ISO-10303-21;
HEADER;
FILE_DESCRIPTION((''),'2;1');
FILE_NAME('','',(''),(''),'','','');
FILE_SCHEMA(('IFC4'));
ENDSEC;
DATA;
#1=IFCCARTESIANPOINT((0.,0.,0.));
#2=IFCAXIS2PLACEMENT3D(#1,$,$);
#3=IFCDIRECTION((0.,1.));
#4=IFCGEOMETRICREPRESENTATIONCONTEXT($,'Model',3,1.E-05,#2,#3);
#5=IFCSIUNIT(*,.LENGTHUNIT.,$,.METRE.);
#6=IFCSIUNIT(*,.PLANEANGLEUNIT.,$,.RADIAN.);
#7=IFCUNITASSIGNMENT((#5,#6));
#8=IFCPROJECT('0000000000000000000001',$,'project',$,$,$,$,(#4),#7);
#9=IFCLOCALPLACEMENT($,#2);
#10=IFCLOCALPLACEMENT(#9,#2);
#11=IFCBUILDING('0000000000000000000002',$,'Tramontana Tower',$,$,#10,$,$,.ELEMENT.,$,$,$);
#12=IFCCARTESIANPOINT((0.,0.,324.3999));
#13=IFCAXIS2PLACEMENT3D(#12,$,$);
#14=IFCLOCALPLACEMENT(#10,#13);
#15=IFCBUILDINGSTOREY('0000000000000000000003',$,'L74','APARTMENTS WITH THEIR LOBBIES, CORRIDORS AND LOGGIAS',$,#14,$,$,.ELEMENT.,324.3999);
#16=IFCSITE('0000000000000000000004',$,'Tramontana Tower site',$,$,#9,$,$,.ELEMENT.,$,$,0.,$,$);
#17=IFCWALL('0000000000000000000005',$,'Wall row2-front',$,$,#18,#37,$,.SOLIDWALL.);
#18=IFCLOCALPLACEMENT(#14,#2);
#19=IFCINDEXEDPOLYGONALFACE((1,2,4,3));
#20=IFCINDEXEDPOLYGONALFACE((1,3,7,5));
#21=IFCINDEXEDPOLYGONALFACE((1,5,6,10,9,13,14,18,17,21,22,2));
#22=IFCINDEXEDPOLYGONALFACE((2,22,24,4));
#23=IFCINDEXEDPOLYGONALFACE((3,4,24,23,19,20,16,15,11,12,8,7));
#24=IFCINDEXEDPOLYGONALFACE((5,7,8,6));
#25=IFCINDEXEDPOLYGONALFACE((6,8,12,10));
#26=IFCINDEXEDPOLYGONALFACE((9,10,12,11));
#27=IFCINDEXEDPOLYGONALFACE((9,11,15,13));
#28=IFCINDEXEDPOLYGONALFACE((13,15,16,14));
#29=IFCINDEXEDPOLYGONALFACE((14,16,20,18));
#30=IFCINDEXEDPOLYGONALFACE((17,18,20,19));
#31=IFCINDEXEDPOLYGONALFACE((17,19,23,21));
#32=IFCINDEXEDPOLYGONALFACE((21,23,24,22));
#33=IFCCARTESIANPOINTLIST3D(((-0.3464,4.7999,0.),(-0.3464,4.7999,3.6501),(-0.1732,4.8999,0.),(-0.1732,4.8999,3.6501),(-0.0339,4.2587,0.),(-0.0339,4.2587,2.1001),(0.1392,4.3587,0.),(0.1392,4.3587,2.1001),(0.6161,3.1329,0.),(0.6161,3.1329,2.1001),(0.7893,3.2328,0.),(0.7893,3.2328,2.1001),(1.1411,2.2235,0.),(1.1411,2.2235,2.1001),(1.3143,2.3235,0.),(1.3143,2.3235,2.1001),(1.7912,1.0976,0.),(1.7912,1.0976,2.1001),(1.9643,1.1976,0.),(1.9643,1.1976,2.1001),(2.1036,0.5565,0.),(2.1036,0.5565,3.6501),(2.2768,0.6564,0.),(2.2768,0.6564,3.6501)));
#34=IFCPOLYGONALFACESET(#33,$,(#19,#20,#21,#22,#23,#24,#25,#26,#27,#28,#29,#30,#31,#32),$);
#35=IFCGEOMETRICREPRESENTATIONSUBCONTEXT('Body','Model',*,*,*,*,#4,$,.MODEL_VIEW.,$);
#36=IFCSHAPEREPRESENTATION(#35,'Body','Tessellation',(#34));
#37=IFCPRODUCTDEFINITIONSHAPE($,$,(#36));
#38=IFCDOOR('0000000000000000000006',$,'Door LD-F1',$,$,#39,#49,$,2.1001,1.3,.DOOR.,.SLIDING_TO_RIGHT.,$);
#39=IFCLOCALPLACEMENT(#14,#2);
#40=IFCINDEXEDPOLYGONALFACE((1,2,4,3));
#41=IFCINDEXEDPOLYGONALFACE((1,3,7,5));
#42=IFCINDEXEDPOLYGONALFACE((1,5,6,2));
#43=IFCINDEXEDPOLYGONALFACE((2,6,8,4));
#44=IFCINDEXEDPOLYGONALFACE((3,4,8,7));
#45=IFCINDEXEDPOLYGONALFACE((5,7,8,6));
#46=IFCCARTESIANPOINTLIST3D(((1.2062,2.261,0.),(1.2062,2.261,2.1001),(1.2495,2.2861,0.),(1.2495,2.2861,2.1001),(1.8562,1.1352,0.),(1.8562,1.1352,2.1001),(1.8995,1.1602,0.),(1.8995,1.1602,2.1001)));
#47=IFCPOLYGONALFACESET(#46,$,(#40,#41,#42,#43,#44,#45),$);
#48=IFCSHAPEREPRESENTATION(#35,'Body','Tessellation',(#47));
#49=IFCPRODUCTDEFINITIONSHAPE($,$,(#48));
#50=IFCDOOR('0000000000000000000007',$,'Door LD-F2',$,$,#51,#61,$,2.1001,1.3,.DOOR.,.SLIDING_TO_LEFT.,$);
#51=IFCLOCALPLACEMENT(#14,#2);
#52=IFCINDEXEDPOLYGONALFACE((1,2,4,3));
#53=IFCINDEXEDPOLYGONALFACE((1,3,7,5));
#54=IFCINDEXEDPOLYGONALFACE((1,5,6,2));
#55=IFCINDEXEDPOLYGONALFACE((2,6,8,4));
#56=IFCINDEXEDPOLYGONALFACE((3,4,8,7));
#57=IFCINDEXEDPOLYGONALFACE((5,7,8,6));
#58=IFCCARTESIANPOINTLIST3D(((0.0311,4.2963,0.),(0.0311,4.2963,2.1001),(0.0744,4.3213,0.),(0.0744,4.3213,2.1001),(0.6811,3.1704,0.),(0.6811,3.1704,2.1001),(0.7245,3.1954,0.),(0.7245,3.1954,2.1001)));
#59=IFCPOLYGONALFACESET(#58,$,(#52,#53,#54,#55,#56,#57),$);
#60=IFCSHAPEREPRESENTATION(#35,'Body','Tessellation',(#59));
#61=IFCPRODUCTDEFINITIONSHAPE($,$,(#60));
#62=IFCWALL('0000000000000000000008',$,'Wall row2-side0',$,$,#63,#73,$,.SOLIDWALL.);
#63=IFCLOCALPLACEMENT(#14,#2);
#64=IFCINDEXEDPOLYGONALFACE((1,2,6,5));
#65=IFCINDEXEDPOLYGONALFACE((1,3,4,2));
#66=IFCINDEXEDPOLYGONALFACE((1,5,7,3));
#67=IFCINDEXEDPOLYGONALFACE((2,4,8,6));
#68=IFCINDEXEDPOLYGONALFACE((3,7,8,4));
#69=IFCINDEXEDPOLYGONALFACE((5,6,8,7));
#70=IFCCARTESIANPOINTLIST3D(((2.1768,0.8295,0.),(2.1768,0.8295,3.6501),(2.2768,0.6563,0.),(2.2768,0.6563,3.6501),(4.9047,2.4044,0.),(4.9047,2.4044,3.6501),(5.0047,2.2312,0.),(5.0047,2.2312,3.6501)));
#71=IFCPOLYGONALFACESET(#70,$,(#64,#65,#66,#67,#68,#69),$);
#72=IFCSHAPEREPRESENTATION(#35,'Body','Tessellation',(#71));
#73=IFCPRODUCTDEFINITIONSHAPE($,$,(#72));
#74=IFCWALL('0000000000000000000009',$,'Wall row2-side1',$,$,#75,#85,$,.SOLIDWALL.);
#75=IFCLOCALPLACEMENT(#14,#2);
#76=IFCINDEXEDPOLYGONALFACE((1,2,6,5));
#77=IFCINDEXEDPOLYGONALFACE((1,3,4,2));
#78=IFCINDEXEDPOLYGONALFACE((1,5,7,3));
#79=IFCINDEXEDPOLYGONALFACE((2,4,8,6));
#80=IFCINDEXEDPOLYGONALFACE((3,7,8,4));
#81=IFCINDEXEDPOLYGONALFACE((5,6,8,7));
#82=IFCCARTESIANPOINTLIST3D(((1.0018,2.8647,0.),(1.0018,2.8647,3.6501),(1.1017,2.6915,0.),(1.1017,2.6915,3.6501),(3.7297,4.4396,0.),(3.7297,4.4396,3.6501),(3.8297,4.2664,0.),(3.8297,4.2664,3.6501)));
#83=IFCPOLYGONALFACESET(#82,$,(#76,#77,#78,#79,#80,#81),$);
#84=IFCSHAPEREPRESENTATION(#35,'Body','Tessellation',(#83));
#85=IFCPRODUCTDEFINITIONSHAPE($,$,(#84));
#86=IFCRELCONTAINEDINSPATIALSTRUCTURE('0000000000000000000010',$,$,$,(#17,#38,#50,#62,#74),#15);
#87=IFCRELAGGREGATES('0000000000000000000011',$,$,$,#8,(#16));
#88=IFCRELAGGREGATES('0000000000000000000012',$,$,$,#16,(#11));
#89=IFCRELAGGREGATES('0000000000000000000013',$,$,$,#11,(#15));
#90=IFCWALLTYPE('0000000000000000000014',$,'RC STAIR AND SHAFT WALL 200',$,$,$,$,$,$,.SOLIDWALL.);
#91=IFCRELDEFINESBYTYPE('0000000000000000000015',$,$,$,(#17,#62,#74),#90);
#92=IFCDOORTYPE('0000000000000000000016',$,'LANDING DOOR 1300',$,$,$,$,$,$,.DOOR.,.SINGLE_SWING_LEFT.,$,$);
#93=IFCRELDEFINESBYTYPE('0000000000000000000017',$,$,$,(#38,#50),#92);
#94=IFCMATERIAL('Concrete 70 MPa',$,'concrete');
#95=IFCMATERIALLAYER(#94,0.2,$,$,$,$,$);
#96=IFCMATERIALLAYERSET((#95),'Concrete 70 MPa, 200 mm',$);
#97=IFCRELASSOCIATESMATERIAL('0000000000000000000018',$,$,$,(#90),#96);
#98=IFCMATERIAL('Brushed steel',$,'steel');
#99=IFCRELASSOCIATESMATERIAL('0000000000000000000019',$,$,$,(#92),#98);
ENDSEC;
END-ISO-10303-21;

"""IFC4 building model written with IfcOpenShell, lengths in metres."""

from ifc_helpers import new_model, si_unit, direction, frame, frame_2d, origin, place, context, subcontext, project, spatial, rectangle, extrude, material, layer, layer_set, type_object, element, fill, save


model = new_model("IFC4")

# Units and contexts
model_context = context("Model", 3, precision=1e-05, world=origin(), true_north=direction((0.0, 1.0)))
body_context = subcontext(model_context, "Body", "Model", "MODEL_VIEW")
ifc_project = project(units=[si_unit("LENGTHUNIT", "METRE"), si_unit("PLANEANGLEUNIT", "RADIAN")], contexts=[model_context])

# Site, building, storey
site_placement = place(None, origin())
site = spatial("IfcSite", under=ifc_project, at=site_placement, Name="Tramontana Tower site", CompositionType="ELEMENT", RefElevation=0.0)
building_placement = place(site_placement, origin())
building = spatial("IfcBuilding", under=site, at=building_placement, Name="Tramontana Tower", CompositionType="ELEMENT")
storey_placement = place(building_placement, frame((0.0, 0.0, 324.3999)))
storey = spatial("IfcBuildingStorey", under=building, at=storey_placement, Name="L74", Description="APARTMENTS WITH THEIR LOBBIES, CORRIDORS AND LOGGIAS", CompositionType="ELEMENT", Elevation=324.3999)

# Shared definitions
ifc_material_1 = material(Name="Concrete 70 MPa", Category="concrete")
ifc_layer_1 = layer(ifc_material_1, 0.2)
ifc_layer_set_1 = layer_set([ifc_layer_1], Name="Concrete 70 MPa, 200 mm")
wall_type_1 = type_object("IfcWallType", Name="RC STAIR AND SHAFT WALL 200", PredefinedType="SOLIDWALL", material=ifc_layer_set_1)

# Wall, openings, doors
wall_1_placement = place(storey_placement, frame((2.1902, 0.6064, 0.0), z_axis=(0.0, 0.0, 1.0), x_axis=(-0.500003, 0.866024, 0.0)))
wall_1 = element("IfcWall", 1, at=wall_1_placement, inside=storey, type_object=wall_type_1, Name="Wall row2-front", PredefinedType="SOLIDWALL", context=body_context, shape_type="SweptSolid", body=[
    extrude(rectangle(XDim=4.8999, YDim=0.2, at=frame_2d((2.45, 0.0))), origin(), (0.0, 0.0, 1.0), 3.6501),
])
opening_1_placement = place(wall_1_placement, frame((0.625, 0.0, 0.0)))
opening_1 = element("IfcOpeningElement", 2, at=opening_1_placement, cuts=wall_1, PredefinedType="OPENING", context=body_context, shape_type="SweptSolid", body=[
    extrude(rectangle(XDim=1.3, YDim=2.1001, at=frame_2d((0.6499, 1.05))), frame((0.0, 0.1099, 0.0), z_axis=(0.0, -1.0, 0.0), x_axis=(1.0, 0.0, 0.0)), (0.0, 0.0, 1.0), 0.22),
])
opening_2_placement = place(wall_1_placement, frame((2.9751, 0.0, 0.0)))
opening_2 = element("IfcOpeningElement", 3, at=opening_2_placement, cuts=wall_1, PredefinedType="OPENING", context=body_context, shape_type="SweptSolid", body=[
    extrude(rectangle(XDim=1.3, YDim=2.1001, at=frame_2d((0.6499, 1.05))), frame((0.0, 0.1099, 0.0), z_axis=(0.0, -1.0, 0.0), x_axis=(1.0, 0.0, 0.0)), (0.0, 0.0, 1.0), 0.22),
])
ifc_material_2 = material(Name="Brushed steel", Category="steel")
door_type_1 = type_object("IfcDoorType", Name="LANDING DOOR 1300", OperationType="SINGLE_SWING_LEFT", PredefinedType="DOOR", material=ifc_material_2)
door_1_placement = place(opening_1_placement, origin())
door_1 = element("IfcDoor", 4, at=door_1_placement, inside=storey, type_object=door_type_1, Name="Door LD-F1", OperationType="SLIDING_TO_RIGHT", OverallHeight=2.1001, OverallWidth=1.3, PredefinedType="DOOR", context=body_context, shape_type="SweptSolid", body=[
    extrude(rectangle(XDim=1.3, YDim=2.1001, at=frame_2d((0.6499, 1.05))), frame((0.0, 0.0249, 0.0), z_axis=(0.0, -1.0, 0.0), x_axis=(1.0, 0.0, 0.0)), (0.0, 0.0, 1.0), 0.05),
])
fill(opening_1, door_1)
door_2_placement = place(opening_2_placement, origin())
door_2 = element("IfcDoor", 5, at=door_2_placement, inside=storey, type_object=door_type_1, Name="Door LD-F2", OperationType="SLIDING_TO_LEFT", OverallHeight=2.1001, OverallWidth=1.3, PredefinedType="DOOR", context=body_context, shape_type="SweptSolid", body=[
    extrude(rectangle(XDim=1.3, YDim=2.1001, at=frame_2d((0.6499, 1.05))), frame((0.0, 0.0249, 0.0), z_axis=(0.0, -1.0, 0.0), x_axis=(1.0, 0.0, 0.0)), (0.0, 0.0, 1.0), 0.05),
])
fill(opening_2, door_2)

# Walls
for number, where, z_axis, x_axis, name in (
    (6, (2.2268, 0.7429, 0.0), (0.0, 0.0, 1.0), (0.866036, 0.499982, 0.0), "Wall row2-side0"),
    (7, (1.0518, 2.7781, 0.0), (0.0, 0.0, 1.0), (0.866036, 0.499982, 0.0), "Wall row2-side1"),
):
    element("IfcWall", number, at=place(storey_placement, frame(where, z_axis=z_axis, x_axis=x_axis)), inside=storey, type_object=wall_type_1, Name=name, PredefinedType="SOLIDWALL", context=body_context, shape_type="SweptSolid", body=[
        extrude(rectangle(XDim=3.1499, YDim=0.2, at=frame_2d((1.575, 0.0))), origin(), (0.0, 0.0, 1.0), 3.6501),
    ])

save(model, "model.ifc")
